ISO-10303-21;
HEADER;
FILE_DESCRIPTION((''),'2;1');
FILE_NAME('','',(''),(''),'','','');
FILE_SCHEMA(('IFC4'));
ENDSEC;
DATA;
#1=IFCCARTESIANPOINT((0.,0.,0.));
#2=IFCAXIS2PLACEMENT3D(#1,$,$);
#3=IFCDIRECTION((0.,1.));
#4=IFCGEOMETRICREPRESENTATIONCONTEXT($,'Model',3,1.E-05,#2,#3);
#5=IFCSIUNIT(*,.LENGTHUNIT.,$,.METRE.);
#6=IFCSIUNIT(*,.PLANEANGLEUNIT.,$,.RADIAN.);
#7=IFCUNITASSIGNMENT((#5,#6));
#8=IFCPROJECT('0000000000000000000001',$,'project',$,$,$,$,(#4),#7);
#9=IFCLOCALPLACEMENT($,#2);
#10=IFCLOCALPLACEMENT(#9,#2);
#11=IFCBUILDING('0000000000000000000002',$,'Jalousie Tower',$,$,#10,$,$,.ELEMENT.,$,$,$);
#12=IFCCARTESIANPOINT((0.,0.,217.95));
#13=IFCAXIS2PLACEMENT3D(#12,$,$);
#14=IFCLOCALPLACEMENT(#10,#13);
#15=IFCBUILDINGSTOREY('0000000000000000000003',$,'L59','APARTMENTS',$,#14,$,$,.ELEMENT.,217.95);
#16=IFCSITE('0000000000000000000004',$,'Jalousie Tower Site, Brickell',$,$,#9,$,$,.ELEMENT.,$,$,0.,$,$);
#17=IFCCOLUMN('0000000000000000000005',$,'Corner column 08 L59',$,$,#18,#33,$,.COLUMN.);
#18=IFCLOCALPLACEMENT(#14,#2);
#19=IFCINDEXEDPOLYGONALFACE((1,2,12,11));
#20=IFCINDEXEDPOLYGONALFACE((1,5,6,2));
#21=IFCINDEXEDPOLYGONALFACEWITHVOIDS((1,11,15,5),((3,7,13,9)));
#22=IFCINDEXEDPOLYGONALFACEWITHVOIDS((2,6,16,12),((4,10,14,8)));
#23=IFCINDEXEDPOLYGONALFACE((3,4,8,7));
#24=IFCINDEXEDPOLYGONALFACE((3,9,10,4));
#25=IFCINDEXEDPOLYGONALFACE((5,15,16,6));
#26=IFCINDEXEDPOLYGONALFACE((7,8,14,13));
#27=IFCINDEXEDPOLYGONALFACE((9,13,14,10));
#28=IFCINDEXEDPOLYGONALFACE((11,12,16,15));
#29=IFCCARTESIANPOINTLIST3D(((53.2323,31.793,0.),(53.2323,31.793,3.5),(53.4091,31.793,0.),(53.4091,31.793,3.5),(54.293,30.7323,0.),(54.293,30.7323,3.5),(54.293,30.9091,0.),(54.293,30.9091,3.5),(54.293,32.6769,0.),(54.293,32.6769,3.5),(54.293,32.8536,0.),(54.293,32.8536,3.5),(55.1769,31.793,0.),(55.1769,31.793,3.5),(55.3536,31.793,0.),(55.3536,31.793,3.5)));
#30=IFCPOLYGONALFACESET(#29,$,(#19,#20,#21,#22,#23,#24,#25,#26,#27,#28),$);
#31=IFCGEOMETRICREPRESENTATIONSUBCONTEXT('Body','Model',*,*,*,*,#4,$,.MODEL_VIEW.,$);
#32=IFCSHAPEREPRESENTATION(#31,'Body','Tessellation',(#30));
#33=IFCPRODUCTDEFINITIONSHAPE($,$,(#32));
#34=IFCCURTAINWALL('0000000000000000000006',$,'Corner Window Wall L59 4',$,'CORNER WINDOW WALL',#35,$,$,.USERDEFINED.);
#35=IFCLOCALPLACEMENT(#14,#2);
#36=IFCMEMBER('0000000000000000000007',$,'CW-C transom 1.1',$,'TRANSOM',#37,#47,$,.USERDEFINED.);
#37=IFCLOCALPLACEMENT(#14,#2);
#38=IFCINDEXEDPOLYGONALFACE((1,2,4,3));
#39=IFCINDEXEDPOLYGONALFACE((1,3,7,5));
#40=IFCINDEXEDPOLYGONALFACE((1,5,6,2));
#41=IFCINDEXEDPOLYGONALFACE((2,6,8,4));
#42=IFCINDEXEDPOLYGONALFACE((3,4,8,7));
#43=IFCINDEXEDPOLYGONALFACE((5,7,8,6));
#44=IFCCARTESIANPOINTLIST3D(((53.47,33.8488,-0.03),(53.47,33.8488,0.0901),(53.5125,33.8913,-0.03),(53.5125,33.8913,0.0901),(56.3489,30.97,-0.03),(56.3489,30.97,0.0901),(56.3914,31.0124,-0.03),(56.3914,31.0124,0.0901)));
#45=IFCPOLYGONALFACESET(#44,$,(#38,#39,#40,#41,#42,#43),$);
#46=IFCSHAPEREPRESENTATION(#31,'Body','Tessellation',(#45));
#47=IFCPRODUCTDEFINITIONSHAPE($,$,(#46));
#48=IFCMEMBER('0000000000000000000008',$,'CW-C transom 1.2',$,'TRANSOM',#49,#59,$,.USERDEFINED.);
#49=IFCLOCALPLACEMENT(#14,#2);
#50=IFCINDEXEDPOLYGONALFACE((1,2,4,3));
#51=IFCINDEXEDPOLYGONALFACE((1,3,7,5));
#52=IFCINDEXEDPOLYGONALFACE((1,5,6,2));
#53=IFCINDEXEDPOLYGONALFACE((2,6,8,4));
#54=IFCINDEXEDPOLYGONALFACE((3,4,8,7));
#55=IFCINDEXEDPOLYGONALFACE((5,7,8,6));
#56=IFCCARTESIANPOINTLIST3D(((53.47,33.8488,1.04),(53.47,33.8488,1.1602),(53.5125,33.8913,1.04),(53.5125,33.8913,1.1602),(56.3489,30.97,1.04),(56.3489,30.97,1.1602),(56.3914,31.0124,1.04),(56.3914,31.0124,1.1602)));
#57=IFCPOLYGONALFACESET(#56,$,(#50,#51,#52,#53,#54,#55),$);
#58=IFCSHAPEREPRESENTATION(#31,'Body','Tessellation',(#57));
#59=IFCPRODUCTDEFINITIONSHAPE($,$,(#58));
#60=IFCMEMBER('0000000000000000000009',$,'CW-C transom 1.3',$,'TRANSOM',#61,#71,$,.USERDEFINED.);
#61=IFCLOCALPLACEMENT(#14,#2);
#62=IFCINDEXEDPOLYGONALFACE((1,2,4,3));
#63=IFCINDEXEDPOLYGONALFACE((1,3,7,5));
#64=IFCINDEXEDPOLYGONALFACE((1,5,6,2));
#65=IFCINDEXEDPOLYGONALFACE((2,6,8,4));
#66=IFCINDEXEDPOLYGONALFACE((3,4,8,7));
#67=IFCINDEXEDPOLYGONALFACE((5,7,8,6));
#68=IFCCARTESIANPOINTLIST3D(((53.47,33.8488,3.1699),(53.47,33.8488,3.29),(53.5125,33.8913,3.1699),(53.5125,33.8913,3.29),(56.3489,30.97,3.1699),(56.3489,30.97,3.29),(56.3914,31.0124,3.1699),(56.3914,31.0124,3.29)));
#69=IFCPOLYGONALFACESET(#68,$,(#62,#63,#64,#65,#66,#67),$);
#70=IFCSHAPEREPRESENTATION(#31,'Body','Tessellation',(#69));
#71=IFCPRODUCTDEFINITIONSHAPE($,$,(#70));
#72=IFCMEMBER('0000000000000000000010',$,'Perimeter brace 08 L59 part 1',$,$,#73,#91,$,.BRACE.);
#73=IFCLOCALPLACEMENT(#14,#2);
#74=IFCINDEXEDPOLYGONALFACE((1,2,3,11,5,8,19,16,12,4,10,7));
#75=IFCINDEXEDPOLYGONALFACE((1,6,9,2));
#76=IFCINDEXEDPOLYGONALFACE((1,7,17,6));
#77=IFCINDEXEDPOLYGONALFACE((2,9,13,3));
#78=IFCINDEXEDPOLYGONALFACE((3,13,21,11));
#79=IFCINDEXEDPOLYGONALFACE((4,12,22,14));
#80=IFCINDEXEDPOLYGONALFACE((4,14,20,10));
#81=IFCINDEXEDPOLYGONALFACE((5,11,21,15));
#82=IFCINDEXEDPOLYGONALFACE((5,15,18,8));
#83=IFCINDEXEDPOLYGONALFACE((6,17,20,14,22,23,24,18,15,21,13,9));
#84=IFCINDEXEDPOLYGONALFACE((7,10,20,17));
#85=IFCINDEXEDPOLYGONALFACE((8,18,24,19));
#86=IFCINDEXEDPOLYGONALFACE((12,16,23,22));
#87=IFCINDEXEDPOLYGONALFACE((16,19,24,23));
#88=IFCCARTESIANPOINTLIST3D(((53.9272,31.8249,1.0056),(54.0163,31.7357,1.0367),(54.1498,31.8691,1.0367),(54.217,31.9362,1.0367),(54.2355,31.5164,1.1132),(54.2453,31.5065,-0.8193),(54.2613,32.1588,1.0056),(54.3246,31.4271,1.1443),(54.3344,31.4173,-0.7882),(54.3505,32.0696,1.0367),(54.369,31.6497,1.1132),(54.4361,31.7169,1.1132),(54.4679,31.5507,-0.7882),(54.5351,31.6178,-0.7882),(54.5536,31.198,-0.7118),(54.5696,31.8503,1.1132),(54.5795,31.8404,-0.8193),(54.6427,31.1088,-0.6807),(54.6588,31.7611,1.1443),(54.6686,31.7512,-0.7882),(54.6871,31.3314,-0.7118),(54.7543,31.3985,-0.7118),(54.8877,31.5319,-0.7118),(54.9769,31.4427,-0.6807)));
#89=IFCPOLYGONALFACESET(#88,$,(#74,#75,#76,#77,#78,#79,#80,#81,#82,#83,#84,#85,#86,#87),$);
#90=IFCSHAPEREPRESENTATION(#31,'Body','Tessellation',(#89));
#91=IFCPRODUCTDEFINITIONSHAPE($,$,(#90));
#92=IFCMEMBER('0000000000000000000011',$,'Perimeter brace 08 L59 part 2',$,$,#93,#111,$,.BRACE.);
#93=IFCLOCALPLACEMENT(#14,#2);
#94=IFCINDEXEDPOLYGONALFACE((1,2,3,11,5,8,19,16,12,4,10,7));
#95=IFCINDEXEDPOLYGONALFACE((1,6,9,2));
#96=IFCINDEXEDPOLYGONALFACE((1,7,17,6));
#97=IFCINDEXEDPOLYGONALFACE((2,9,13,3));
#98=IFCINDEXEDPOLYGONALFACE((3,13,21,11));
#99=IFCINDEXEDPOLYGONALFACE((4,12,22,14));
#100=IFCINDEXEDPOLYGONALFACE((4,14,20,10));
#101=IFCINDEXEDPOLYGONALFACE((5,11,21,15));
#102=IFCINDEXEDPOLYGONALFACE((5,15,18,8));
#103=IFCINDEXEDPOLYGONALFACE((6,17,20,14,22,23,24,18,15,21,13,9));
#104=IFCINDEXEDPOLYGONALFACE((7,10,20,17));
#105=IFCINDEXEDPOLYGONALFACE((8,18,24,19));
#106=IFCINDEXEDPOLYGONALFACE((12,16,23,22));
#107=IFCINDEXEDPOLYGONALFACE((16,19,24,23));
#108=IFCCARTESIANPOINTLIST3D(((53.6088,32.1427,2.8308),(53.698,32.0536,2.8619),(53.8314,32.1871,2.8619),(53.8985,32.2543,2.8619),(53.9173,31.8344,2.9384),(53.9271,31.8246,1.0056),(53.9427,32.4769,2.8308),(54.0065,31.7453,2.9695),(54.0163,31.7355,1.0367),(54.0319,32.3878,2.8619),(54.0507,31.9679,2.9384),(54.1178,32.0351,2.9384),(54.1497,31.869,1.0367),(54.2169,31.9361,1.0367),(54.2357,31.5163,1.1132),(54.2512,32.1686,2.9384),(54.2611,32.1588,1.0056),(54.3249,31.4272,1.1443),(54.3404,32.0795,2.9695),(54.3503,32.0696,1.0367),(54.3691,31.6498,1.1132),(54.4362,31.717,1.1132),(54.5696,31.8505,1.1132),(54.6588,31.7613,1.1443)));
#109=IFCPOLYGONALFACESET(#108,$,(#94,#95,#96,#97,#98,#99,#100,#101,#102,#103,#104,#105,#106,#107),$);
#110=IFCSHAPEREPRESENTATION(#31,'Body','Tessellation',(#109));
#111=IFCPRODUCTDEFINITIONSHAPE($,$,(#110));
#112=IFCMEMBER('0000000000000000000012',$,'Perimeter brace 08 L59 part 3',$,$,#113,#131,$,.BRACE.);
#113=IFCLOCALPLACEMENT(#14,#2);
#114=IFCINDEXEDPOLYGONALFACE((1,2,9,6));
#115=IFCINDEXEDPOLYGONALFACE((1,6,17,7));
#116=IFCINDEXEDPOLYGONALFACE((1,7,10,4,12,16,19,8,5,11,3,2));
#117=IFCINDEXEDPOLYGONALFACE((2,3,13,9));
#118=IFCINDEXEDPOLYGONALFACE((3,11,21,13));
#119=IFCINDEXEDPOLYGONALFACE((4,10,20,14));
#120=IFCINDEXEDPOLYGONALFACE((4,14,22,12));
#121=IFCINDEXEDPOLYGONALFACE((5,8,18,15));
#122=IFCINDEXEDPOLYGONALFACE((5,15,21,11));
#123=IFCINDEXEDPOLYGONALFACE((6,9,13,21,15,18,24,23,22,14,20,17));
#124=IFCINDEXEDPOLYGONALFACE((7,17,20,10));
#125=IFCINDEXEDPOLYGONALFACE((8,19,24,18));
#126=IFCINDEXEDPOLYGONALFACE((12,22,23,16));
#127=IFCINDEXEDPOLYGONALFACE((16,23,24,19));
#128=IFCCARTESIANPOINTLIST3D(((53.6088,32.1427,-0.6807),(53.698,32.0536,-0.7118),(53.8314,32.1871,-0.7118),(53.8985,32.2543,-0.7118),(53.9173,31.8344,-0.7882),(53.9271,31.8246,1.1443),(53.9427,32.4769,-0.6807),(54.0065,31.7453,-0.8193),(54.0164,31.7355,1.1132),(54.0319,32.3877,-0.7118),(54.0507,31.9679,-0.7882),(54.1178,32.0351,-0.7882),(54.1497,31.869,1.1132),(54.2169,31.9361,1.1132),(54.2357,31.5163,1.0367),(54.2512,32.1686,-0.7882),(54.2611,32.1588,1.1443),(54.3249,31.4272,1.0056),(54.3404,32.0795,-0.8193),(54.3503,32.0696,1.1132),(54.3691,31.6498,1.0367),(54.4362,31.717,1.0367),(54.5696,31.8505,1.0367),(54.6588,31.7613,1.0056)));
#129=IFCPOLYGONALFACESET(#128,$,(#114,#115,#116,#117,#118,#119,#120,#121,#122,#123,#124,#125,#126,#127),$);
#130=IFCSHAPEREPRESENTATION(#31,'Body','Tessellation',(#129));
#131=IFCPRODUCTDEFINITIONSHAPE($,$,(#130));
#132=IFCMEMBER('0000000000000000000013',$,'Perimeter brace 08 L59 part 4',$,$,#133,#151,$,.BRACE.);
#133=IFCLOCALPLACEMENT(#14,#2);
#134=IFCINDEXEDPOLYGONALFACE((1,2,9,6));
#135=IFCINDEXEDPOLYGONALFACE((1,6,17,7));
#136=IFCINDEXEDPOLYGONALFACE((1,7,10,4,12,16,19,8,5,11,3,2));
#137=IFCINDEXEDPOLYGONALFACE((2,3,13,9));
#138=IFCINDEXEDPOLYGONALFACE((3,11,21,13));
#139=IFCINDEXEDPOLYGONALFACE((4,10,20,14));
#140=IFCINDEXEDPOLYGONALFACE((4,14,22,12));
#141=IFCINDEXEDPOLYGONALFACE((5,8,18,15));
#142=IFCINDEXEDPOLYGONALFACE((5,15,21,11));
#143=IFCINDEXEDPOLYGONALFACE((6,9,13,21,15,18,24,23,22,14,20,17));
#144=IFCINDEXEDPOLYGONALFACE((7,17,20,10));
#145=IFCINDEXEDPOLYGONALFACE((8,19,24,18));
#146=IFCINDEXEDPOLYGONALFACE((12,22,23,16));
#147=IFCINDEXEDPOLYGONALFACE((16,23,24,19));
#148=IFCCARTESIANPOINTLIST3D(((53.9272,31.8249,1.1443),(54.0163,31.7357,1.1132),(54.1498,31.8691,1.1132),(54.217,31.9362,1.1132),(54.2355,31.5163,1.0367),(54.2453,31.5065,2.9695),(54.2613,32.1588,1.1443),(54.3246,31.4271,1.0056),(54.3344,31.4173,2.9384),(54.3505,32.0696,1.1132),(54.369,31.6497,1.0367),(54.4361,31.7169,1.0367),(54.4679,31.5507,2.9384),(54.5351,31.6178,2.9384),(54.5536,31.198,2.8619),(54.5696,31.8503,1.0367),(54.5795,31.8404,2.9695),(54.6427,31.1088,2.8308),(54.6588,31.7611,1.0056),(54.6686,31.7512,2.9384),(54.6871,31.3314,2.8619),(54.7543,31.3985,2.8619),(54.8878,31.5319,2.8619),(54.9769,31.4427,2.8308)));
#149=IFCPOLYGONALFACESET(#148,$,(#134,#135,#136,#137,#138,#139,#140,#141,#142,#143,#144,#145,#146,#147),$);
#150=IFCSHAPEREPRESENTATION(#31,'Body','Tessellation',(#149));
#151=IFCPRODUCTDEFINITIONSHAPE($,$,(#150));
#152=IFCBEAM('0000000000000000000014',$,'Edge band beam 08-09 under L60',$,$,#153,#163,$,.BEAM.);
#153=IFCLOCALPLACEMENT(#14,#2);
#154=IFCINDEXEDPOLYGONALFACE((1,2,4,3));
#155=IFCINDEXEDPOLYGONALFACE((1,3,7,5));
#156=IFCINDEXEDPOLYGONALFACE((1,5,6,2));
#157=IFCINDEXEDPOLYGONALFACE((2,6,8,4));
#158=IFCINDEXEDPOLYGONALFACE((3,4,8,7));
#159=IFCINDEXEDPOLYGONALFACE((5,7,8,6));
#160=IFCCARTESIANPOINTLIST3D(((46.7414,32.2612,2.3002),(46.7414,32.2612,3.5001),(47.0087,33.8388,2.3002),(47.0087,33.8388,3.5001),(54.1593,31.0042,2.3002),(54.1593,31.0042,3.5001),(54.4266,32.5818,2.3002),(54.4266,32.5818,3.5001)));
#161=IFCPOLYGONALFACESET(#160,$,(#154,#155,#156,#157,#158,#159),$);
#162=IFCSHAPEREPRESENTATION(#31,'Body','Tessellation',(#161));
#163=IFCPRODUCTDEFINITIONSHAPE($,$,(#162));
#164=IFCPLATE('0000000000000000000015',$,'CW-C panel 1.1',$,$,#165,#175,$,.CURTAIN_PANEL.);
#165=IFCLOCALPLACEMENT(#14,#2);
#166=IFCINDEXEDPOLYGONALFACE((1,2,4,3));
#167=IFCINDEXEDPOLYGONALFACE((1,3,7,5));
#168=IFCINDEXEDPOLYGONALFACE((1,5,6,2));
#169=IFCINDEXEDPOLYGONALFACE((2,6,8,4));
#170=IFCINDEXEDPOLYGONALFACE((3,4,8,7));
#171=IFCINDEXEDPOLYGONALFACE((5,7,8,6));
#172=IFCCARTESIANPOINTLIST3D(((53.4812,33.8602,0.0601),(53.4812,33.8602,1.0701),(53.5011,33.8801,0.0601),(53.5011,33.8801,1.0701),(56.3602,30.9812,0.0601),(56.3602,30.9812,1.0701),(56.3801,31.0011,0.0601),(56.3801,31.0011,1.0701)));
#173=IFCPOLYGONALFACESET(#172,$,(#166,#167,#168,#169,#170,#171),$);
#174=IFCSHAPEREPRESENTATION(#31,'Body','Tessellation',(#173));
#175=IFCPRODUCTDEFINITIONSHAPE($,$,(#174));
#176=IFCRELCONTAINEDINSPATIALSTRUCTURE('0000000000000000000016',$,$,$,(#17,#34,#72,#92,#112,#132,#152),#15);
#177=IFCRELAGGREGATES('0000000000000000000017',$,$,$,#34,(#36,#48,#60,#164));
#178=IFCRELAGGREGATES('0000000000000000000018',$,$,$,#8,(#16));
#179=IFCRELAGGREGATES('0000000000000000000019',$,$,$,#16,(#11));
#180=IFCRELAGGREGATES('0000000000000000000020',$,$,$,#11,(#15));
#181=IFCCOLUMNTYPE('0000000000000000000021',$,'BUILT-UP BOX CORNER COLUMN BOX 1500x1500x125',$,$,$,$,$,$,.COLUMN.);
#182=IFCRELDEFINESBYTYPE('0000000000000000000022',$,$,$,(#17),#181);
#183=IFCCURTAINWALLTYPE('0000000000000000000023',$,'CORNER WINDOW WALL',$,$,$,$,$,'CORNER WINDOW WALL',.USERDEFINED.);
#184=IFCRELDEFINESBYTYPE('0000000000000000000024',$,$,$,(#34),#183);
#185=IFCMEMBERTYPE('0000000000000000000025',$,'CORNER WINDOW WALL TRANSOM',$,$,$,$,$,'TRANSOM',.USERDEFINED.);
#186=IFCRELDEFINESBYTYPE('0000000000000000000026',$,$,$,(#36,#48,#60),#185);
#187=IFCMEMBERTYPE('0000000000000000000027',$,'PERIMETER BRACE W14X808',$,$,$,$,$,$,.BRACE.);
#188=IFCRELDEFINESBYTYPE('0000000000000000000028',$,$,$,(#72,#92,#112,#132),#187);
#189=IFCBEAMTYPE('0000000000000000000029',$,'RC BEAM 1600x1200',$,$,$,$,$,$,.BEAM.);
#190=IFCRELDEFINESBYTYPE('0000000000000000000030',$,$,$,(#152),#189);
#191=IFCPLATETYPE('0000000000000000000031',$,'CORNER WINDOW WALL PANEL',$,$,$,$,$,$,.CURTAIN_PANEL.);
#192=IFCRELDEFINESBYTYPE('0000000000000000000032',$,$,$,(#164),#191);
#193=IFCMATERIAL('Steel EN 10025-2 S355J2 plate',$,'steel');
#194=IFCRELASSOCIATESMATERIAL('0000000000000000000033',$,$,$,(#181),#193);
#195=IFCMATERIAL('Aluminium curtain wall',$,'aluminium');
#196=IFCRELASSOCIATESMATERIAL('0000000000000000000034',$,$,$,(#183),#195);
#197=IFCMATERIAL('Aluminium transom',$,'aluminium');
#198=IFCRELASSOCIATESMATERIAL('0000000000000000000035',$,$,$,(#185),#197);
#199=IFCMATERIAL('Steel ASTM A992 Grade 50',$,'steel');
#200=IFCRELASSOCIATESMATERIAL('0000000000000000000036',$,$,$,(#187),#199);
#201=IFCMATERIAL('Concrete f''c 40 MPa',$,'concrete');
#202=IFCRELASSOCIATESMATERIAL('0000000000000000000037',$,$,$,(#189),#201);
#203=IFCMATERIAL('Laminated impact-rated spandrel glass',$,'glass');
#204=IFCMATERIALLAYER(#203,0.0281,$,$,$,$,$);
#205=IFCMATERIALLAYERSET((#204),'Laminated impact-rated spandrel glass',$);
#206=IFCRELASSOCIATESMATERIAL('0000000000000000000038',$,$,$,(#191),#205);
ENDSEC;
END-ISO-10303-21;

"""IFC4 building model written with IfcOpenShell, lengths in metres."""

from ifc_helpers import new_model, si_unit, direction, frame, origin, origin_2d, place, context, subcontext, project, spatial, rectangle, hollow_rectangle, i_section, extrude, material, layer, layer_set, material_profile, profile_set, type_object, element, aggregate, save


model = new_model("IFC4")

# Units and contexts
model_context = context("Model", 3, precision=1e-05, world=origin(), true_north=direction((0.0, 1.0)))
body_context = subcontext(model_context, "Body", "Model", "MODEL_VIEW")
ifc_project = project(units=[si_unit("LENGTHUNIT", "METRE"), si_unit("PLANEANGLEUNIT", "RADIAN")], contexts=[model_context])

# Site, building, storey
site_placement = place(None, origin())
site = spatial("IfcSite", under=ifc_project, at=site_placement, Name="Jalousie Tower Site, Brickell", CompositionType="ELEMENT", RefElevation=0.0)
building_placement = place(site_placement, origin())
building = spatial("IfcBuilding", under=site, at=building_placement, Name="Jalousie Tower", CompositionType="ELEMENT")
storey_placement = place(building_placement, frame((0.0, 0.0, 217.95)))
storey = spatial("IfcBuildingStorey", under=building, at=storey_placement, Name="L59", Description="APARTMENTS", CompositionType="ELEMENT", Elevation=217.95)

# Column
ifc_material_1 = material(Name="Steel EN 10025-2 S355J2 plate", Category="steel")
ifc_material_profile_1 = material_profile(ifc_material_1, hollow_rectangle(XDim=1.5, YDim=1.5, WallThickness=0.125, at=origin_2d()), Name="BOX 1500x1500x125")
ifc_profile_set_1 = profile_set([ifc_material_profile_1], Name="Steel EN 10025-2 S355J2 plate")
column_type = type_object("IfcColumnType", Name="BUILT-UP BOX CORNER COLUMN BOX 1500x1500x125", PredefinedType="COLUMN", material=ifc_profile_set_1)
column_placement = place(storey_placement, frame((54.293, 31.793, 0.0), z_axis=(0.0, 0.0, 1.0), x_axis=(-0.707107, -0.707107, 0.0)))
element("IfcColumn", 1, at=column_placement, inside=storey, type_object=column_type, Name="Corner column 08 L59", PredefinedType="COLUMN", context=body_context, shape_type="SweptSolid", body=[
    extrude(hollow_rectangle(XDim=1.5, YDim=1.5, WallThickness=0.125, at=origin_2d()), origin(), (0.0, 0.0, 1.0), 3.5),
])

# Curtain wall, members
ifc_material_2 = material(Name="Aluminium curtain wall", Category="aluminium")
curtain_wall_type = type_object("IfcCurtainWallType", Name="CORNER WINDOW WALL", ElementType="CORNER WINDOW WALL", PredefinedType="USERDEFINED", material=ifc_material_2)
curtain_wall_placement = place(storey_placement, origin())
curtain_wall = element("IfcCurtainWall", 2, at=curtain_wall_placement, inside=storey, type_object=curtain_wall_type, Name="Corner Window Wall L59 4", ObjectType="CORNER WINDOW WALL", PredefinedType="USERDEFINED")
ifc_material_3 = material(Name="Aluminium transom", Category="aluminium")
ifc_material_profile_2 = material_profile(ifc_material_3, rectangle(XDim=0.0601, YDim=0.1201, at=origin_2d()), Name="TRANSOM 60x120")
ifc_profile_set_2 = profile_set([ifc_material_profile_2], Name="Aluminium transom")
member_type_1 = type_object("IfcMemberType", Name="CORNER WINDOW WALL TRANSOM", ElementType="TRANSOM", PredefinedType="USERDEFINED", material=ifc_profile_set_2)
member_1_placement = place(storey_placement, frame((56.3701, 30.9912, 0.03), z_axis=(-0.707107, 0.707107, 0.0), x_axis=(-0.707107, -0.707107, 0.0)))
member_1 = element("IfcMember", 3, at=member_1_placement, type_object=member_type_1, Name="CW-C transom 1.1", ObjectType="TRANSOM", PredefinedType="USERDEFINED", context=body_context, shape_type="SweptSolid", body=[
    extrude(rectangle(XDim=0.0601, YDim=0.1201, at=origin_2d()), origin(), (0.0, 0.0, 1.0), 4.0713),
])
member_2_placement = place(storey_placement, frame((56.3701, 30.9912, 1.1001), z_axis=(-0.707107, 0.707107, 0.0), x_axis=(-0.707107, -0.707107, 0.0)))
member_2 = element("IfcMember", 4, at=member_2_placement, type_object=member_type_1, Name="CW-C transom 1.2", ObjectType="TRANSOM", PredefinedType="USERDEFINED", context=body_context, shape_type="SweptSolid", body=[
    extrude(rectangle(XDim=0.0601, YDim=0.1201, at=origin_2d()), origin(), (0.0, 0.0, 1.0), 4.0713),
])
member_3_placement = place(storey_placement, frame((56.3701, 30.9912, 3.23), z_axis=(-0.707107, 0.707107, 0.0), x_axis=(-0.707107, -0.707107, 0.0)))
member_3 = element("IfcMember", 5, at=member_3_placement, type_object=member_type_1, Name="CW-C transom 1.3", ObjectType="TRANSOM", PredefinedType="USERDEFINED", context=body_context, shape_type="SweptSolid", body=[
    extrude(rectangle(XDim=0.0601, YDim=0.1201, at=origin_2d()), origin(), (0.0, 0.0, 1.0), 4.0713),
])

# Members
ifc_material_4 = material(Name="Steel ASTM A992 Grade 50", Category="steel")
ifc_material_profile_3 = material_profile(ifc_material_4, i_section(OverallWidth=0.4724, OverallDepth=0.5791, WebThickness=0.095, FlangeThickness=0.1299, at=origin_2d()), Name="W14X808")
ifc_profile_set_3 = profile_set([ifc_material_profile_3], Name="Steel ASTM A992 Grade 50")
member_type_2 = type_object("IfcMemberType", Name="PERIMETER BRACE W14X808", PredefinedType="BRACE", material=ifc_profile_set_3)
member_4_placement = place(storey_placement, frame((54.6111, 31.4746, -0.75), z_axis=(-0.169244, 0.169374, 0.970911), x_axis=(-0.707378, -0.706835, 0.0)))
element("IfcMember", 6, at=member_4_placement, inside=storey, type_object=member_type_2, Name="Perimeter brace 08 L59 part 1", PredefinedType="BRACE", context=body_context, shape_type="SweptSolid", body=[
    extrude(i_section(OverallWidth=0.4724, OverallDepth=0.5791, WebThickness=0.095, FlangeThickness=0.1299, at=origin_2d()), origin(), (0.0, 0.0, 1.0), 1.8796),
])
member_5_placement = place(storey_placement, frame((54.293, 31.793, 1.075), z_axis=(-0.169352, 0.169222, 0.970919), x_axis=(-0.706835, -0.707378, 0.0)))
element("IfcMember", 7, at=member_5_placement, inside=storey, type_object=member_type_2, Name="Perimeter brace 08 L59 part 2", PredefinedType="BRACE", context=body_context, shape_type="SweptSolid", body=[
    extrude(i_section(OverallWidth=0.4724, OverallDepth=0.5791, WebThickness=0.095, FlangeThickness=0.1299, at=origin_2d()), origin(), (0.0, 0.0, 1.0), 1.8799),
])
member_6_placement = place(storey_placement, frame((53.9746, 32.1111, -0.75), z_axis=(0.169374, -0.169244, 0.970911), x_axis=(0.706835, 0.707378, 0.0)))
element("IfcMember", 8, at=member_6_placement, inside=storey, type_object=member_type_2, Name="Perimeter brace 08 L59 part 3", PredefinedType="BRACE", context=body_context, shape_type="SweptSolid", body=[
    extrude(i_section(OverallWidth=0.4724, OverallDepth=0.5791, WebThickness=0.095, FlangeThickness=0.1299, at=origin_2d()), origin(), (0.0, 0.0, 1.0), 1.8796),
])
member_7_placement = place(storey_placement, frame((54.293, 31.793, 1.075), z_axis=(0.169222, -0.169352, 0.970919), x_axis=(0.707378, 0.706835, 0.0)))
element("IfcMember", 9, at=member_7_placement, inside=storey, type_object=member_type_2, Name="Perimeter brace 08 L59 part 4", PredefinedType="BRACE", context=body_context, shape_type="SweptSolid", body=[
    extrude(i_section(OverallWidth=0.4724, OverallDepth=0.5791, WebThickness=0.095, FlangeThickness=0.1299, at=origin_2d()), origin(), (0.0, 0.0, 1.0), 1.8799),
])

# Beam
ifc_material_5 = material(Name="Concrete f'c 40 MPa", Category="concrete")
ifc_material_profile_4 = material_profile(ifc_material_5, rectangle(XDim=1.6001, YDim=1.2, at=origin_2d()), Name="RC 1600x1200")
ifc_profile_set_4 = profile_set([ifc_material_profile_4], Name="Concrete f'c 40 MPa")
beam_type = type_object("IfcBeamType", Name="RC BEAM 1600x1200", PredefinedType="BEAM", material=ifc_profile_set_4)
beam_placement = place(storey_placement, frame((54.293, 31.793, 2.9001), z_axis=(-0.985943, 0.167082, 0.0), x_axis=(-0.167082, -0.985943, 0.0)))
element("IfcBeam", 10, at=beam_placement, inside=storey, type_object=beam_type, Name="Edge band beam 08-09 under L60", PredefinedType="BEAM", context=body_context, shape_type="SweptSolid", body=[
    extrude(rectangle(XDim=1.6001, YDim=1.2, at=origin_2d()), origin(), (0.0, 0.0, 1.0), 7.5237),
])

# Plate
ifc_material_6 = material(Name="Laminated impact-rated spandrel glass", Category="glass")
ifc_layer = layer(ifc_material_6, 0.0281)
ifc_layer_set = layer_set([ifc_layer], Name="Laminated impact-rated spandrel glass")
plate_type = type_object("IfcPlateType", Name="CORNER WINDOW WALL PANEL", PredefinedType="CURTAIN_PANEL", material=ifc_layer_set)
plate_1_placement = place(storey_placement, frame((54.9307, 32.4307, 0.0601), z_axis=(0.0, 0.0, 1.0), x_axis=(-0.707107, 0.707107, 0.0)))
plate_1 = element("IfcPlate", 11, at=plate_1_placement, type_object=plate_type, Name="CW-C panel 1.1", PredefinedType="CURTAIN_PANEL", context=body_context, shape_type="SweptSolid", body=[
    extrude(rectangle(XDim=4.0715, YDim=0.0281, at=origin_2d()), origin(), (0.0, 0.0, 1.0), 1.01),
])
aggregate(curtain_wall, [member_1, member_2, member_3, plate_1])

save(model, "model.ifc")
